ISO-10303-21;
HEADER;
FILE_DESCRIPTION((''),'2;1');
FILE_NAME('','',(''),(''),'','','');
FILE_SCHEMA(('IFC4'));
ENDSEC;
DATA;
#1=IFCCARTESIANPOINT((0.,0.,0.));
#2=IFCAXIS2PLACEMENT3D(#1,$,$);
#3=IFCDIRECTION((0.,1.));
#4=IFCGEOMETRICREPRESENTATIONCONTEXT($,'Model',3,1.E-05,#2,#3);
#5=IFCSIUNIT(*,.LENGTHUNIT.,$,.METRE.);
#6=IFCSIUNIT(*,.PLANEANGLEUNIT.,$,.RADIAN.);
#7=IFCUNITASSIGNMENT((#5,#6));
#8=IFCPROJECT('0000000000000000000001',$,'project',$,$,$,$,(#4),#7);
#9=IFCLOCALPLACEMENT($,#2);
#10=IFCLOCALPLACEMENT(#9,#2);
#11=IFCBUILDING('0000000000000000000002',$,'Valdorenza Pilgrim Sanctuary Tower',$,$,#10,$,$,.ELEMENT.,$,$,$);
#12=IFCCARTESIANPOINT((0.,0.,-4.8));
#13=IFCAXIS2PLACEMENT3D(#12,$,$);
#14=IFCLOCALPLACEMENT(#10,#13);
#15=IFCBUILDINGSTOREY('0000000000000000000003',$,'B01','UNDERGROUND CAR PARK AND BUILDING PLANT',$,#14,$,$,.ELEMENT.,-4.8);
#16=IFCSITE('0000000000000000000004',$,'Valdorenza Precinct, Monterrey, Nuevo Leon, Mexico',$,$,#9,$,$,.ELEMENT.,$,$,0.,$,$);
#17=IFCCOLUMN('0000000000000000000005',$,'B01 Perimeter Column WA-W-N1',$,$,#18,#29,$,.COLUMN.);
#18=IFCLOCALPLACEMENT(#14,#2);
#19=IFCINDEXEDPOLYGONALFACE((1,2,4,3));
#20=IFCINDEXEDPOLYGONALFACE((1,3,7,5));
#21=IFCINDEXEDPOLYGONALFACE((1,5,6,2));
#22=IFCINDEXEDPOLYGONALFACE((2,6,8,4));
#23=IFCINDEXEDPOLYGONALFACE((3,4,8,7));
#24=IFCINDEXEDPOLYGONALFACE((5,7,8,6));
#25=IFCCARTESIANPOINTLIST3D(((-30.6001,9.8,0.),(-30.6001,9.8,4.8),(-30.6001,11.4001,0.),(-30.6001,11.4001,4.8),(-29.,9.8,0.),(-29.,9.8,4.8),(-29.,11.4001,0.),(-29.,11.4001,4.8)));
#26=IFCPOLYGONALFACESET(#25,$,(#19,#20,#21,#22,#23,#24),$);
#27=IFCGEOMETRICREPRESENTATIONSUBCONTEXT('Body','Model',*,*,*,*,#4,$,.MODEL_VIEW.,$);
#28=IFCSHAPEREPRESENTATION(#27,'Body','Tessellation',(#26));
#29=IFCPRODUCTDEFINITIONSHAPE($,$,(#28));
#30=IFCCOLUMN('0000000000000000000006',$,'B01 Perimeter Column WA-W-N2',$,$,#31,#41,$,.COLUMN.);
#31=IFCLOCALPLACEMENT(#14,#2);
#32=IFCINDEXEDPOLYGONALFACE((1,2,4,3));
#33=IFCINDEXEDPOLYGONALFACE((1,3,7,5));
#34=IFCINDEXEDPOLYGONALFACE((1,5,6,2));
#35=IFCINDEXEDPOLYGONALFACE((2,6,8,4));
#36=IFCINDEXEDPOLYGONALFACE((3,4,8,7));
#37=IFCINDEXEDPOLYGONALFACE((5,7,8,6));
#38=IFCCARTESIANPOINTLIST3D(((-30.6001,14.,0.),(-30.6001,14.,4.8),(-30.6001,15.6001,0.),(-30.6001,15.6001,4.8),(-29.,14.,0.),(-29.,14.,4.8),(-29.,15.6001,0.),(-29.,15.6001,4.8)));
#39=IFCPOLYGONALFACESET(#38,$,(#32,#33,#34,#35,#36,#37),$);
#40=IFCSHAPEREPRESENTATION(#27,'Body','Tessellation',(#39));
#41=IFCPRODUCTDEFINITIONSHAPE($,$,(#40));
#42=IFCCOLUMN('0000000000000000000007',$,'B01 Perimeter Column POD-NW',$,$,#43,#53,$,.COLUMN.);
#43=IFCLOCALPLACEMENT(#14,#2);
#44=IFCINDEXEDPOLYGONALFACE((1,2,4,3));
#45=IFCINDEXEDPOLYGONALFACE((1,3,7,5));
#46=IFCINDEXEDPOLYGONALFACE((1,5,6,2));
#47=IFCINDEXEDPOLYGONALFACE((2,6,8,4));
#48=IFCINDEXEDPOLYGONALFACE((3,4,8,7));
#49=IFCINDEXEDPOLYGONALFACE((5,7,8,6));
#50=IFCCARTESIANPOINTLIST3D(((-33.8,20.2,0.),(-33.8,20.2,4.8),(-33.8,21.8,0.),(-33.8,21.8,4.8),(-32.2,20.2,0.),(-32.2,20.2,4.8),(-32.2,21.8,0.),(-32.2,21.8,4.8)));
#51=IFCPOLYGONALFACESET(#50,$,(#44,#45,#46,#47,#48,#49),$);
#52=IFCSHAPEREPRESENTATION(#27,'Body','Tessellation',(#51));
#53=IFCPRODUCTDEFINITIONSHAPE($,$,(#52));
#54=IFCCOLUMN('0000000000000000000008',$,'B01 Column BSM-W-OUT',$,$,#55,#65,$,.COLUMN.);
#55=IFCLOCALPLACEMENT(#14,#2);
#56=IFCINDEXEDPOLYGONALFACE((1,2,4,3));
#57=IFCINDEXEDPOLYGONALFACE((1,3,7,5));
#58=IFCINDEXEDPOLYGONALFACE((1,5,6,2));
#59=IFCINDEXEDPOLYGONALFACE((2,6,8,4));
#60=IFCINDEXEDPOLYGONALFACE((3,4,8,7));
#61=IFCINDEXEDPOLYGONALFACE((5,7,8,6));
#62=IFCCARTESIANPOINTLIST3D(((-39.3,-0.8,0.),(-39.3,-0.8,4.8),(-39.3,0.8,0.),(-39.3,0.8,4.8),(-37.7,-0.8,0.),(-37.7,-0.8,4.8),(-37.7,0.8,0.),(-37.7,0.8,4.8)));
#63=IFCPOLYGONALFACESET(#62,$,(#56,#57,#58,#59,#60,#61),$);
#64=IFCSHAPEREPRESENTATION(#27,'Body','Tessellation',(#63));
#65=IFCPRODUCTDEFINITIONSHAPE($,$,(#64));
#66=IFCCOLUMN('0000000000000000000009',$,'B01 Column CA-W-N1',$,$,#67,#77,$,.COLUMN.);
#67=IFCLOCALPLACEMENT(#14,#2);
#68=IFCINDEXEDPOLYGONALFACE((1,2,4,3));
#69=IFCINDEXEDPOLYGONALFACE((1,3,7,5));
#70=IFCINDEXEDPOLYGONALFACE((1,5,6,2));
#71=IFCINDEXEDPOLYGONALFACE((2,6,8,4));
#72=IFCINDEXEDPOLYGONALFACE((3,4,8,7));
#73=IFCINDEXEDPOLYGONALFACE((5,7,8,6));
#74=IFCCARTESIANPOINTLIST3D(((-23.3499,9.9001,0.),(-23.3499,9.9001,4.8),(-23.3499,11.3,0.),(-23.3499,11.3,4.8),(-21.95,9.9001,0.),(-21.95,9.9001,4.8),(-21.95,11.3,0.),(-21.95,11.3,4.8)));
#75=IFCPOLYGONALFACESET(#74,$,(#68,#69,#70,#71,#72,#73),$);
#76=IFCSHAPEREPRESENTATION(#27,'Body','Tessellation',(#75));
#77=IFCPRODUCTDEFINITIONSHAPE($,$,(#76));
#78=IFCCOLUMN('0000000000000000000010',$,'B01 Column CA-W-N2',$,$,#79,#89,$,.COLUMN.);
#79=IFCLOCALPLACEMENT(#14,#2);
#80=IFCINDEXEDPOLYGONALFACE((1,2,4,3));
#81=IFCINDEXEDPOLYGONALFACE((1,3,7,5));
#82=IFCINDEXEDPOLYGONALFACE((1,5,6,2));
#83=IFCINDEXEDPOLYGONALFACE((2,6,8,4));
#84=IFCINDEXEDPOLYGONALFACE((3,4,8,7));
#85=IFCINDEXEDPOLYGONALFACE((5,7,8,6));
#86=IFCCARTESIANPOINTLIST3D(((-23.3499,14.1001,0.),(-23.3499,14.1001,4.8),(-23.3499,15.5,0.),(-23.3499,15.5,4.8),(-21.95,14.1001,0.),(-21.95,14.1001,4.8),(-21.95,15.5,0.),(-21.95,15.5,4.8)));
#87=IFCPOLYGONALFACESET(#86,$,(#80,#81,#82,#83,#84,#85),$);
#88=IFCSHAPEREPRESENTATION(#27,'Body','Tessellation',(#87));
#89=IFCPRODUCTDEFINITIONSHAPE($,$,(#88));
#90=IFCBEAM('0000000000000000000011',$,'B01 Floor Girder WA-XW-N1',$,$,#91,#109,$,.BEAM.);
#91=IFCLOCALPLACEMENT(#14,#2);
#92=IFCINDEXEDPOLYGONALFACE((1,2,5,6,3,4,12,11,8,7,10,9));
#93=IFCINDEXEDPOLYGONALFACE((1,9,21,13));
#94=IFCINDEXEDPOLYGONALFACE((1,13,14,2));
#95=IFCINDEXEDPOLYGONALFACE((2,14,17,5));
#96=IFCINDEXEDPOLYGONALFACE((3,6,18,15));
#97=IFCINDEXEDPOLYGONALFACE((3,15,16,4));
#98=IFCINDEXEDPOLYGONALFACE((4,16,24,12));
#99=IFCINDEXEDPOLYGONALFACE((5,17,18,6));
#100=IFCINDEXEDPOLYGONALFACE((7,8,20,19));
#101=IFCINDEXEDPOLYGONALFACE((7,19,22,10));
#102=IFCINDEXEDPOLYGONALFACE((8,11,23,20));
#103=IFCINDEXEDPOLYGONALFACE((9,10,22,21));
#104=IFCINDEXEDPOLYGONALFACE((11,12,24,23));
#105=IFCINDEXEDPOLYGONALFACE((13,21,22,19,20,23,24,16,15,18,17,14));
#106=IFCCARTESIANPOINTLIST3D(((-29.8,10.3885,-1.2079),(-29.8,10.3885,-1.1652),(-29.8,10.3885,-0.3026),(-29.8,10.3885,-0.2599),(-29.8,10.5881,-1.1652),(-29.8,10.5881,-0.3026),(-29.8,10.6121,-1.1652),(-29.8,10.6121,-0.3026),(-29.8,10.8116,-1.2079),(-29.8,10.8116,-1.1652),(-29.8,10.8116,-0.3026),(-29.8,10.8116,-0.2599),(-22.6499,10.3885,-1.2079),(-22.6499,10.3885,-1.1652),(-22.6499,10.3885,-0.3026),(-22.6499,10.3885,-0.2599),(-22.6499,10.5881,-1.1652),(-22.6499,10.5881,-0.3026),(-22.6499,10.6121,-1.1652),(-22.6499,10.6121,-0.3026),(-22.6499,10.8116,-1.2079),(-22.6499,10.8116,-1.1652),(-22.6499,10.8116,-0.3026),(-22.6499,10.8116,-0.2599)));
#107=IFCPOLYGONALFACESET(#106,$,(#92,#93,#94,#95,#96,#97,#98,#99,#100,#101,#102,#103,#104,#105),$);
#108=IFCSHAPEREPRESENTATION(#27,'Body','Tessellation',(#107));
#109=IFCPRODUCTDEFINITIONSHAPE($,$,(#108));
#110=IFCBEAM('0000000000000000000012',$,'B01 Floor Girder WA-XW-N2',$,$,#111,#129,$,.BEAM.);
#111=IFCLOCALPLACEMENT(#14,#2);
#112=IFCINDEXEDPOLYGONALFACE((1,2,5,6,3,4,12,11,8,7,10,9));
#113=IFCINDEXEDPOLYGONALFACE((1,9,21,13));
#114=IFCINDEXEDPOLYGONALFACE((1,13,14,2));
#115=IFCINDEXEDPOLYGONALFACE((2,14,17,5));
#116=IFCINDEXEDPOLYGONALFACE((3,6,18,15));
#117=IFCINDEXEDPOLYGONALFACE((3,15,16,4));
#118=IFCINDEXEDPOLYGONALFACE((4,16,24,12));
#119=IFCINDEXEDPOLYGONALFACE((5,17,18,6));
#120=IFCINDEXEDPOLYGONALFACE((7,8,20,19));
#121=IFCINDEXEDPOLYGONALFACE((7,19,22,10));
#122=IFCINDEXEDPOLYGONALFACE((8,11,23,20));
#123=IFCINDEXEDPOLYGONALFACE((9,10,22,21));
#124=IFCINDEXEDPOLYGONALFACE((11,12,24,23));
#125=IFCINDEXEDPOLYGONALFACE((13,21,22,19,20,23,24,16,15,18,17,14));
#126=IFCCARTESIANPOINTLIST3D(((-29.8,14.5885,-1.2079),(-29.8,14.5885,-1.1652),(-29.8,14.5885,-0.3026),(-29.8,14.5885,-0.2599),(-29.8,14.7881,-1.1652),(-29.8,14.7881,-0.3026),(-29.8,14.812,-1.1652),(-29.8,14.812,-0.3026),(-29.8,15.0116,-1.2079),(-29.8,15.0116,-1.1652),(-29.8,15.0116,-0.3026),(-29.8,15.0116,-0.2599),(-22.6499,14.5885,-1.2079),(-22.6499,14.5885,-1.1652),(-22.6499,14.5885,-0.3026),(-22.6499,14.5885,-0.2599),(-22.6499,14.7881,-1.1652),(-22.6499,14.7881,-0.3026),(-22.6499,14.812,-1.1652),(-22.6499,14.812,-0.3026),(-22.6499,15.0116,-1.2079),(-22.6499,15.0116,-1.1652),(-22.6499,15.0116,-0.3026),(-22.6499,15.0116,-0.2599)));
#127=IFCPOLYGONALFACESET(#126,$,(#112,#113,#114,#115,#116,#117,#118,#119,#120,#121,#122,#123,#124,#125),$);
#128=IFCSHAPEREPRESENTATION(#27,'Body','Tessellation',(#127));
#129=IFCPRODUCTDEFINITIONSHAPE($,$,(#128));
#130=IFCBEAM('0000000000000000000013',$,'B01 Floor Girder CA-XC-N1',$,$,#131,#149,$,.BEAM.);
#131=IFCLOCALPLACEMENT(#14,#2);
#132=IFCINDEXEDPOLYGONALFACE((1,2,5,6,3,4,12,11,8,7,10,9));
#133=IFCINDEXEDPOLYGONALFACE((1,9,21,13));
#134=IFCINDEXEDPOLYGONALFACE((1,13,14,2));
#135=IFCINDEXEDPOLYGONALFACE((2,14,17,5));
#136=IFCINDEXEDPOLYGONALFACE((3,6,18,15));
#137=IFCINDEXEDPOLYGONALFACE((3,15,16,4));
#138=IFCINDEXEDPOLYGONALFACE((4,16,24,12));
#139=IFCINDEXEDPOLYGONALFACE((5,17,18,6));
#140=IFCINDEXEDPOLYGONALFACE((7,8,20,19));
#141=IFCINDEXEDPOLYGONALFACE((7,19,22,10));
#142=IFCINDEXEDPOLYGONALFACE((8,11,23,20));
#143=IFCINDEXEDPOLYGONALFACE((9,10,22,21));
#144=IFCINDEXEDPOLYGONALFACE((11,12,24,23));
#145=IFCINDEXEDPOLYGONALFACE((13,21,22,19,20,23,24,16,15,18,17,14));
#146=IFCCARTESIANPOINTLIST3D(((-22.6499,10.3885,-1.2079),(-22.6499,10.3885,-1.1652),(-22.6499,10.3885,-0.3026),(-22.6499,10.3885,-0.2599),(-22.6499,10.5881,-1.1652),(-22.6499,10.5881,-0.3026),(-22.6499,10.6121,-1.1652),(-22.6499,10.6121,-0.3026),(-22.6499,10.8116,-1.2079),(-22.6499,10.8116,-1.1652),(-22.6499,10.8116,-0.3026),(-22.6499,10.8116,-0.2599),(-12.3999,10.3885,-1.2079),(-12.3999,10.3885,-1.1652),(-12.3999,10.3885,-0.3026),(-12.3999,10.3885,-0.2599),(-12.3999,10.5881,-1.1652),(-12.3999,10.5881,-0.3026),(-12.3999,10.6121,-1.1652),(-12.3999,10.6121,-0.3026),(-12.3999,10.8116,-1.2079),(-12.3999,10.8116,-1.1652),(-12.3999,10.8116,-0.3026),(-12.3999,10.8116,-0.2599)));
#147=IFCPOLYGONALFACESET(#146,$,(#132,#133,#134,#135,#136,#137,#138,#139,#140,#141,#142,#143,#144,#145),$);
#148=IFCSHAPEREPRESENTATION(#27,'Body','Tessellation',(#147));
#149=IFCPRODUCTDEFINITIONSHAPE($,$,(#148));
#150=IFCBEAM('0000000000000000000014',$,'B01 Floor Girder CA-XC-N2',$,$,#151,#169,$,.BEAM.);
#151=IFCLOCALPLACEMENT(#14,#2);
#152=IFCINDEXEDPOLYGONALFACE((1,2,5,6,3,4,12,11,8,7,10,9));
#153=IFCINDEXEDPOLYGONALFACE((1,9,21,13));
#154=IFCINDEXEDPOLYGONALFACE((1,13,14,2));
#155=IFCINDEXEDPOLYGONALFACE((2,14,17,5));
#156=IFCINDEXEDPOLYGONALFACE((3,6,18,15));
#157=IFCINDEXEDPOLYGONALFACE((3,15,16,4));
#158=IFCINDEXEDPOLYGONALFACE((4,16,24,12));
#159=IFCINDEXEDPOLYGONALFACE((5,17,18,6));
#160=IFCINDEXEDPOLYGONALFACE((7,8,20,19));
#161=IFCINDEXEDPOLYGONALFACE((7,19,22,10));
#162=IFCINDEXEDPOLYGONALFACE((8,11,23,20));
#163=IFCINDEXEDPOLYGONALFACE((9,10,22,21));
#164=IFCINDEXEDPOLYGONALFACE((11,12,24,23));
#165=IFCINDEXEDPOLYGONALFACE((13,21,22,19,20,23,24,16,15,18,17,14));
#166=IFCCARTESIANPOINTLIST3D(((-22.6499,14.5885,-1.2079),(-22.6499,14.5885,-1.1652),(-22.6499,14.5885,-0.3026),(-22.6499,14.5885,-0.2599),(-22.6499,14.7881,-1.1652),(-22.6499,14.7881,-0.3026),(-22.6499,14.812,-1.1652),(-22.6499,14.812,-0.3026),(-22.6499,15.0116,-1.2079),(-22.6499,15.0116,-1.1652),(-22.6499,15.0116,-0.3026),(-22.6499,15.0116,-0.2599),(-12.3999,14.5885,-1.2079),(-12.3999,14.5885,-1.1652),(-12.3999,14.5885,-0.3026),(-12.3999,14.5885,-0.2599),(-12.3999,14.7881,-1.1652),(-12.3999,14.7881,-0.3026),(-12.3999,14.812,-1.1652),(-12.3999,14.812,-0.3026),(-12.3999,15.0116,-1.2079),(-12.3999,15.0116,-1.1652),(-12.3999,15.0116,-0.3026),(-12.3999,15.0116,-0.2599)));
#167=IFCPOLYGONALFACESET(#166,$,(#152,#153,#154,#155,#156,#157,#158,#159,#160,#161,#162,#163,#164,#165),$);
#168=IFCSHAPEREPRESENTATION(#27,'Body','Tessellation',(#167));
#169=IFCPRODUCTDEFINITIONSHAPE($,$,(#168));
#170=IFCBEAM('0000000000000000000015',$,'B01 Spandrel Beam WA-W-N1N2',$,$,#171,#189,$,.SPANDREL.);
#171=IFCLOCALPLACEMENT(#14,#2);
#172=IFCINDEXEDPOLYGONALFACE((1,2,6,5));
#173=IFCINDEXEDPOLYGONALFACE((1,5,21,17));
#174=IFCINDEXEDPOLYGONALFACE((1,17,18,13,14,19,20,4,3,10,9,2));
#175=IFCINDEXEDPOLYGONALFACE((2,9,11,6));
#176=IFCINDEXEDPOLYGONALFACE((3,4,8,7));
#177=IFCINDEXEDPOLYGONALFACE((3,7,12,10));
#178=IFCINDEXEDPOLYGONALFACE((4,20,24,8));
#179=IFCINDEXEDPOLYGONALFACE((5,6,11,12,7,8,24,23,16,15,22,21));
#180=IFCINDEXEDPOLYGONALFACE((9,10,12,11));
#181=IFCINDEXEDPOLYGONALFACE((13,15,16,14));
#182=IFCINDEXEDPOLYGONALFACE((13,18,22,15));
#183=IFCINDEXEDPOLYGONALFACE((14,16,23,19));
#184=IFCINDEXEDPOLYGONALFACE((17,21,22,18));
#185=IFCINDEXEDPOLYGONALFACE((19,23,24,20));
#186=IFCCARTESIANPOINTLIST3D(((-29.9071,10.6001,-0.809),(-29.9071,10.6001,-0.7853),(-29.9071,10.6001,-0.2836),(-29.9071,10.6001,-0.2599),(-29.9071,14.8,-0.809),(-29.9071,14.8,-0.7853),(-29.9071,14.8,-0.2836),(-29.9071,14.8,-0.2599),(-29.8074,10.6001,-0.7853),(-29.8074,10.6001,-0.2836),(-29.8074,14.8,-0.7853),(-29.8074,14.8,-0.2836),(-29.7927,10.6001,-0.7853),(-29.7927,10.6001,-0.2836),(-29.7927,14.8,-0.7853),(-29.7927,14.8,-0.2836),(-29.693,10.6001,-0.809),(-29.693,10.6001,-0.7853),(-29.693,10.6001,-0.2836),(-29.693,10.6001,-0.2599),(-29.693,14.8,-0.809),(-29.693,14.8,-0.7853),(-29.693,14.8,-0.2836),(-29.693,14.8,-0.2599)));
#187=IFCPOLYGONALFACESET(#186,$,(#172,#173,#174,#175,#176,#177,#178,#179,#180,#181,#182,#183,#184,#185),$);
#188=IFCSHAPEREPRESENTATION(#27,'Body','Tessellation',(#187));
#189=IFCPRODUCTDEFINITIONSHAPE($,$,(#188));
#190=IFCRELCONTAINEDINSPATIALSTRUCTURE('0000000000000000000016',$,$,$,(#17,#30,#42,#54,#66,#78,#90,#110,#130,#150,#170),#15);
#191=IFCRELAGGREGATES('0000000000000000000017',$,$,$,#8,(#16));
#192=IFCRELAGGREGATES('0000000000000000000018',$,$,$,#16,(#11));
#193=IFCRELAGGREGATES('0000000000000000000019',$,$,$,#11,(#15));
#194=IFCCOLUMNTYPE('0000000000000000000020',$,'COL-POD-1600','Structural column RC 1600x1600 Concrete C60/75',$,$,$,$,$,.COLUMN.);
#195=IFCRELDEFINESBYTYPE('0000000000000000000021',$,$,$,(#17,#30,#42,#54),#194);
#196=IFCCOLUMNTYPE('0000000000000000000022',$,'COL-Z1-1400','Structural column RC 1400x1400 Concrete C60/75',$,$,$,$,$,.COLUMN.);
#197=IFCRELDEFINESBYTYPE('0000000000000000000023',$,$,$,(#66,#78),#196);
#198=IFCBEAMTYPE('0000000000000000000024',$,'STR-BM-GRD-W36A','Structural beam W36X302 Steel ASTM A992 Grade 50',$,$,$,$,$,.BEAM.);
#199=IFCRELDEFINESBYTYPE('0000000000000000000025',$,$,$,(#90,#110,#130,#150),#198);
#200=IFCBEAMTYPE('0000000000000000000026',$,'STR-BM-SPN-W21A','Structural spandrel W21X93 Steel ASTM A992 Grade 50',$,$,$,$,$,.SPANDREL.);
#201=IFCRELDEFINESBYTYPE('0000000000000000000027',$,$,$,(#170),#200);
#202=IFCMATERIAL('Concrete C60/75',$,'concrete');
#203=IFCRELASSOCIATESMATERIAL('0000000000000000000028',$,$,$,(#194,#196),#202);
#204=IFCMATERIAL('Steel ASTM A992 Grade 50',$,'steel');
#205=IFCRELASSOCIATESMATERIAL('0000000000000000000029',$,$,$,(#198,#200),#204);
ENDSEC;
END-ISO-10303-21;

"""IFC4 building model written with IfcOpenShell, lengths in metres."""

from ifc_helpers import new_model, si_unit, direction, frame, origin, origin_2d, place, context, subcontext, project, spatial, rectangle, i_section, extrude, source, transform, mapped, material, material_profile, profile_set, type_object, element, save


model = new_model("IFC4")

# Units and contexts
model_context = context("Model", 3, precision=1e-05, world=origin(), true_north=direction((0.0, 1.0)))
body_context = subcontext(model_context, "Body", "Model", "MODEL_VIEW")
ifc_project = project(units=[si_unit("LENGTHUNIT", "METRE"), si_unit("PLANEANGLEUNIT", "RADIAN")], contexts=[model_context])

# Site, building, storey
site_placement = place(None, origin())
site = spatial("IfcSite", under=ifc_project, at=site_placement, Name="Valdorenza Precinct, Monterrey, Nuevo Leon, Mexico", CompositionType="ELEMENT", RefElevation=0.0)
building_placement = place(site_placement, origin())
building = spatial("IfcBuilding", under=site, at=building_placement, Name="Valdorenza Pilgrim Sanctuary Tower", CompositionType="ELEMENT")
storey_placement = place(building_placement, frame((0.0, 0.0, -4.8)))
storey = spatial("IfcBuildingStorey", under=building, at=storey_placement, Name="B01", Description="UNDERGROUND CAR PARK AND BUILDING PLANT", CompositionType="ELEMENT", Elevation=-4.8)

# Columns
ifc_material_1 = material(Name="Concrete C60/75", Category="concrete")
ifc_material_profile_1 = material_profile(ifc_material_1, rectangle(XDim=1.6001, YDim=1.6001, at=origin_2d()), Name="RC 1600x1600")
ifc_profile_set_1 = profile_set([ifc_material_profile_1], Name="Concrete C60/75")
column_type_1 = type_object("IfcColumnType", Name="COL-POD-1600", Description="Structural column RC 1600x1600 Concrete C60/75", PredefinedType="COLUMN", material=ifc_profile_set_1)
shared_shape_1 = source(origin(), body_context, "Body", "SweptSolid", [
    extrude(rectangle(XDim=1.6001, YDim=1.6001, at=origin_2d()), origin(), (0.0, 0.0, 1.0), 4.8),
])
for number, where, z_axis, x_axis, name in (
    (1, (-29.8, 10.6001, 0.0), (0.0, 0.0, 1.0), (1.0, 0.0, 0.0), "B01 Perimeter Column WA-W-N1"),
    (2, (-29.8, 14.8, 0.0), (0.0, 0.0, 1.0), (1.0, 0.0, 0.0), "B01 Perimeter Column WA-W-N2"),
    (3, (-33.0, 21.0, 0.0), (0.0, 0.0, 1.0), (1.0, 0.0, 0.0), "B01 Perimeter Column POD-NW"),
    (4, (-38.5, 0.0, 0.0), (0.0, 0.0, 1.0), (1.0, 0.0, 0.0), "B01 Column BSM-W-OUT"),
):
    element("IfcColumn", number, at=place(storey_placement, frame(where, z_axis=z_axis, x_axis=x_axis)), inside=storey, type_object=column_type_1, Name=name, PredefinedType="COLUMN", context=body_context, shape_type="MappedRepresentation", body=[
        mapped(shared_shape_1, transform((0.0, 0.0, 0.0), x_axis=(1.0, 0.0, 0.0), y_axis=(0.0, 1.0, 0.0), z_axis=(0.0, 0.0, 1.0), scale=1.0)),
    ])
ifc_material_profile_2 = material_profile(ifc_material_1, rectangle(XDim=1.3999, YDim=1.3999, at=origin_2d()), Name="RC 1400x1400")
ifc_profile_set_2 = profile_set([ifc_material_profile_2], Name="Concrete C60/75")
column_type_2 = type_object("IfcColumnType", Name="COL-Z1-1400", Description="Structural column RC 1400x1400 Concrete C60/75", PredefinedType="COLUMN", material=ifc_profile_set_2)
shared_shape_2 = source(origin(), body_context, "Body", "SweptSolid", [
    extrude(rectangle(XDim=1.3999, YDim=1.3999, at=origin_2d()), origin(), (0.0, 0.0, 1.0), 4.8),
])
for number, where, z_axis, x_axis, name in (
    (5, (-22.6499, 10.6001, 0.0), (0.0, 0.0, 1.0), (1.0, 0.0, 0.0), "B01 Column CA-W-N1"),
    (6, (-22.6499, 14.8, 0.0), (0.0, 0.0, 1.0), (1.0, 0.0, 0.0), "B01 Column CA-W-N2"),
):
    element("IfcColumn", number, at=place(storey_placement, frame(where, z_axis=z_axis, x_axis=x_axis)), inside=storey, type_object=column_type_2, Name=name, PredefinedType="COLUMN", context=body_context, shape_type="MappedRepresentation", body=[
        mapped(shared_shape_2, transform((0.0, 0.0, 0.0), x_axis=(1.0, 0.0, 0.0), y_axis=(0.0, 1.0, 0.0), z_axis=(0.0, 0.0, 1.0), scale=1.0)),
    ])

# Beams
ifc_material_2 = material(Name="Steel ASTM A992 Grade 50", Category="steel")
ifc_material_profile_3 = material_profile(ifc_material_2, i_section(OverallWidth=0.4231, OverallDepth=0.948, WebThickness=0.0239, FlangeThickness=0.0427, at=origin_2d()), Name="W36X302")
ifc_profile_set_3 = profile_set([ifc_material_profile_3], Name="Steel ASTM A992 Grade 50")
beam_type_1 = type_object("IfcBeamType", Name="STR-BM-GRD-W36A", Description="Structural beam W36X302 Steel ASTM A992 Grade 50", PredefinedType="BEAM", material=ifc_profile_set_3)
shared_shape_3 = source(origin(), body_context, "Body", "SweptSolid", [
    extrude(i_section(OverallWidth=0.4231, OverallDepth=0.948, WebThickness=0.0239, FlangeThickness=0.0427, at=origin_2d()), origin(), (0.0, 0.0, 1.0), 7.1501),
])
for number, where, z_axis, x_axis, name in (
    (7, (-29.8, 10.6001, -0.7339), (1.0, 0.0, 0.0), (0.0, 1.0, 0.0), "B01 Floor Girder WA-XW-N1"),
    (8, (-29.8, 14.8, -0.7339), (1.0, 0.0, 0.0), (0.0, 1.0, 0.0), "B01 Floor Girder WA-XW-N2"),
):
    element("IfcBeam", number, at=place(storey_placement, frame(where, z_axis=z_axis, x_axis=x_axis)), inside=storey, type_object=beam_type_1, Name=name, PredefinedType="BEAM", context=body_context, shape_type="MappedRepresentation", body=[
        mapped(shared_shape_3, transform((0.0, 0.0, 0.0), x_axis=(1.0, 0.0, 0.0), y_axis=(0.0, 1.0, 0.0), z_axis=(0.0, 0.0, 1.0), scale=1.0)),
    ])
shared_shape_4 = source(origin(), body_context, "Body", "SweptSolid", [
    extrude(i_section(OverallWidth=0.4231, OverallDepth=0.948, WebThickness=0.0239, FlangeThickness=0.0427, at=origin_2d()), origin(), (0.0, 0.0, 1.0), 10.25),
])
for number, where, z_axis, x_axis, name in (
    (9, (-22.6499, 10.6001, -0.7339), (1.0, 0.0, 0.0), (0.0, 1.0, 0.0), "B01 Floor Girder CA-XC-N1"),
    (10, (-22.6499, 14.8, -0.7339), (1.0, 0.0, 0.0), (0.0, 1.0, 0.0), "B01 Floor Girder CA-XC-N2"),
):
    element("IfcBeam", number, at=place(storey_placement, frame(where, z_axis=z_axis, x_axis=x_axis)), inside=storey, type_object=beam_type_1, Name=name, PredefinedType="BEAM", context=body_context, shape_type="MappedRepresentation", body=[
        mapped(shared_shape_4, transform((0.0, 0.0, 0.0), x_axis=(1.0, 0.0, 0.0), y_axis=(0.0, 1.0, 0.0), z_axis=(0.0, 0.0, 1.0), scale=1.0)),
    ])
ifc_material_profile_4 = material_profile(ifc_material_2, i_section(OverallWidth=0.2141, OverallDepth=0.5491, WebThickness=0.0146, FlangeThickness=0.0237, at=origin_2d()), Name="W21X93")
ifc_profile_set_4 = profile_set([ifc_material_profile_4], Name="Steel ASTM A992 Grade 50")
beam_type_2 = type_object("IfcBeamType", Name="STR-BM-SPN-W21A", Description="Structural spandrel W21X93 Steel ASTM A992 Grade 50", PredefinedType="SPANDREL", material=ifc_profile_set_4)
shared_shape_5 = source(origin(), body_context, "Body", "SweptSolid", [
    extrude(i_section(OverallWidth=0.2141, OverallDepth=0.5491, WebThickness=0.0146, FlangeThickness=0.0237, at=origin_2d()), origin(), (0.0, 0.0, 1.0), 4.2),
])
beam_1_placement = place(storey_placement, frame((-29.8, 10.6001, -0.5344), z_axis=(0.0, 1.0, 0.0), x_axis=(-1.0, 0.0, 0.0)))
element("IfcBeam", 11, at=beam_1_placement, inside=storey, type_object=beam_type_2, Name="B01 Spandrel Beam WA-W-N1N2", PredefinedType="SPANDREL", context=body_context, shape_type="MappedRepresentation", body=[
    mapped(shared_shape_5, transform((0.0, 0.0, 0.0), x_axis=(1.0, 0.0, 0.0), y_axis=(0.0, 1.0, 0.0), z_axis=(0.0, 0.0, 1.0), scale=1.0)),
])

save(model, "model.ifc")
